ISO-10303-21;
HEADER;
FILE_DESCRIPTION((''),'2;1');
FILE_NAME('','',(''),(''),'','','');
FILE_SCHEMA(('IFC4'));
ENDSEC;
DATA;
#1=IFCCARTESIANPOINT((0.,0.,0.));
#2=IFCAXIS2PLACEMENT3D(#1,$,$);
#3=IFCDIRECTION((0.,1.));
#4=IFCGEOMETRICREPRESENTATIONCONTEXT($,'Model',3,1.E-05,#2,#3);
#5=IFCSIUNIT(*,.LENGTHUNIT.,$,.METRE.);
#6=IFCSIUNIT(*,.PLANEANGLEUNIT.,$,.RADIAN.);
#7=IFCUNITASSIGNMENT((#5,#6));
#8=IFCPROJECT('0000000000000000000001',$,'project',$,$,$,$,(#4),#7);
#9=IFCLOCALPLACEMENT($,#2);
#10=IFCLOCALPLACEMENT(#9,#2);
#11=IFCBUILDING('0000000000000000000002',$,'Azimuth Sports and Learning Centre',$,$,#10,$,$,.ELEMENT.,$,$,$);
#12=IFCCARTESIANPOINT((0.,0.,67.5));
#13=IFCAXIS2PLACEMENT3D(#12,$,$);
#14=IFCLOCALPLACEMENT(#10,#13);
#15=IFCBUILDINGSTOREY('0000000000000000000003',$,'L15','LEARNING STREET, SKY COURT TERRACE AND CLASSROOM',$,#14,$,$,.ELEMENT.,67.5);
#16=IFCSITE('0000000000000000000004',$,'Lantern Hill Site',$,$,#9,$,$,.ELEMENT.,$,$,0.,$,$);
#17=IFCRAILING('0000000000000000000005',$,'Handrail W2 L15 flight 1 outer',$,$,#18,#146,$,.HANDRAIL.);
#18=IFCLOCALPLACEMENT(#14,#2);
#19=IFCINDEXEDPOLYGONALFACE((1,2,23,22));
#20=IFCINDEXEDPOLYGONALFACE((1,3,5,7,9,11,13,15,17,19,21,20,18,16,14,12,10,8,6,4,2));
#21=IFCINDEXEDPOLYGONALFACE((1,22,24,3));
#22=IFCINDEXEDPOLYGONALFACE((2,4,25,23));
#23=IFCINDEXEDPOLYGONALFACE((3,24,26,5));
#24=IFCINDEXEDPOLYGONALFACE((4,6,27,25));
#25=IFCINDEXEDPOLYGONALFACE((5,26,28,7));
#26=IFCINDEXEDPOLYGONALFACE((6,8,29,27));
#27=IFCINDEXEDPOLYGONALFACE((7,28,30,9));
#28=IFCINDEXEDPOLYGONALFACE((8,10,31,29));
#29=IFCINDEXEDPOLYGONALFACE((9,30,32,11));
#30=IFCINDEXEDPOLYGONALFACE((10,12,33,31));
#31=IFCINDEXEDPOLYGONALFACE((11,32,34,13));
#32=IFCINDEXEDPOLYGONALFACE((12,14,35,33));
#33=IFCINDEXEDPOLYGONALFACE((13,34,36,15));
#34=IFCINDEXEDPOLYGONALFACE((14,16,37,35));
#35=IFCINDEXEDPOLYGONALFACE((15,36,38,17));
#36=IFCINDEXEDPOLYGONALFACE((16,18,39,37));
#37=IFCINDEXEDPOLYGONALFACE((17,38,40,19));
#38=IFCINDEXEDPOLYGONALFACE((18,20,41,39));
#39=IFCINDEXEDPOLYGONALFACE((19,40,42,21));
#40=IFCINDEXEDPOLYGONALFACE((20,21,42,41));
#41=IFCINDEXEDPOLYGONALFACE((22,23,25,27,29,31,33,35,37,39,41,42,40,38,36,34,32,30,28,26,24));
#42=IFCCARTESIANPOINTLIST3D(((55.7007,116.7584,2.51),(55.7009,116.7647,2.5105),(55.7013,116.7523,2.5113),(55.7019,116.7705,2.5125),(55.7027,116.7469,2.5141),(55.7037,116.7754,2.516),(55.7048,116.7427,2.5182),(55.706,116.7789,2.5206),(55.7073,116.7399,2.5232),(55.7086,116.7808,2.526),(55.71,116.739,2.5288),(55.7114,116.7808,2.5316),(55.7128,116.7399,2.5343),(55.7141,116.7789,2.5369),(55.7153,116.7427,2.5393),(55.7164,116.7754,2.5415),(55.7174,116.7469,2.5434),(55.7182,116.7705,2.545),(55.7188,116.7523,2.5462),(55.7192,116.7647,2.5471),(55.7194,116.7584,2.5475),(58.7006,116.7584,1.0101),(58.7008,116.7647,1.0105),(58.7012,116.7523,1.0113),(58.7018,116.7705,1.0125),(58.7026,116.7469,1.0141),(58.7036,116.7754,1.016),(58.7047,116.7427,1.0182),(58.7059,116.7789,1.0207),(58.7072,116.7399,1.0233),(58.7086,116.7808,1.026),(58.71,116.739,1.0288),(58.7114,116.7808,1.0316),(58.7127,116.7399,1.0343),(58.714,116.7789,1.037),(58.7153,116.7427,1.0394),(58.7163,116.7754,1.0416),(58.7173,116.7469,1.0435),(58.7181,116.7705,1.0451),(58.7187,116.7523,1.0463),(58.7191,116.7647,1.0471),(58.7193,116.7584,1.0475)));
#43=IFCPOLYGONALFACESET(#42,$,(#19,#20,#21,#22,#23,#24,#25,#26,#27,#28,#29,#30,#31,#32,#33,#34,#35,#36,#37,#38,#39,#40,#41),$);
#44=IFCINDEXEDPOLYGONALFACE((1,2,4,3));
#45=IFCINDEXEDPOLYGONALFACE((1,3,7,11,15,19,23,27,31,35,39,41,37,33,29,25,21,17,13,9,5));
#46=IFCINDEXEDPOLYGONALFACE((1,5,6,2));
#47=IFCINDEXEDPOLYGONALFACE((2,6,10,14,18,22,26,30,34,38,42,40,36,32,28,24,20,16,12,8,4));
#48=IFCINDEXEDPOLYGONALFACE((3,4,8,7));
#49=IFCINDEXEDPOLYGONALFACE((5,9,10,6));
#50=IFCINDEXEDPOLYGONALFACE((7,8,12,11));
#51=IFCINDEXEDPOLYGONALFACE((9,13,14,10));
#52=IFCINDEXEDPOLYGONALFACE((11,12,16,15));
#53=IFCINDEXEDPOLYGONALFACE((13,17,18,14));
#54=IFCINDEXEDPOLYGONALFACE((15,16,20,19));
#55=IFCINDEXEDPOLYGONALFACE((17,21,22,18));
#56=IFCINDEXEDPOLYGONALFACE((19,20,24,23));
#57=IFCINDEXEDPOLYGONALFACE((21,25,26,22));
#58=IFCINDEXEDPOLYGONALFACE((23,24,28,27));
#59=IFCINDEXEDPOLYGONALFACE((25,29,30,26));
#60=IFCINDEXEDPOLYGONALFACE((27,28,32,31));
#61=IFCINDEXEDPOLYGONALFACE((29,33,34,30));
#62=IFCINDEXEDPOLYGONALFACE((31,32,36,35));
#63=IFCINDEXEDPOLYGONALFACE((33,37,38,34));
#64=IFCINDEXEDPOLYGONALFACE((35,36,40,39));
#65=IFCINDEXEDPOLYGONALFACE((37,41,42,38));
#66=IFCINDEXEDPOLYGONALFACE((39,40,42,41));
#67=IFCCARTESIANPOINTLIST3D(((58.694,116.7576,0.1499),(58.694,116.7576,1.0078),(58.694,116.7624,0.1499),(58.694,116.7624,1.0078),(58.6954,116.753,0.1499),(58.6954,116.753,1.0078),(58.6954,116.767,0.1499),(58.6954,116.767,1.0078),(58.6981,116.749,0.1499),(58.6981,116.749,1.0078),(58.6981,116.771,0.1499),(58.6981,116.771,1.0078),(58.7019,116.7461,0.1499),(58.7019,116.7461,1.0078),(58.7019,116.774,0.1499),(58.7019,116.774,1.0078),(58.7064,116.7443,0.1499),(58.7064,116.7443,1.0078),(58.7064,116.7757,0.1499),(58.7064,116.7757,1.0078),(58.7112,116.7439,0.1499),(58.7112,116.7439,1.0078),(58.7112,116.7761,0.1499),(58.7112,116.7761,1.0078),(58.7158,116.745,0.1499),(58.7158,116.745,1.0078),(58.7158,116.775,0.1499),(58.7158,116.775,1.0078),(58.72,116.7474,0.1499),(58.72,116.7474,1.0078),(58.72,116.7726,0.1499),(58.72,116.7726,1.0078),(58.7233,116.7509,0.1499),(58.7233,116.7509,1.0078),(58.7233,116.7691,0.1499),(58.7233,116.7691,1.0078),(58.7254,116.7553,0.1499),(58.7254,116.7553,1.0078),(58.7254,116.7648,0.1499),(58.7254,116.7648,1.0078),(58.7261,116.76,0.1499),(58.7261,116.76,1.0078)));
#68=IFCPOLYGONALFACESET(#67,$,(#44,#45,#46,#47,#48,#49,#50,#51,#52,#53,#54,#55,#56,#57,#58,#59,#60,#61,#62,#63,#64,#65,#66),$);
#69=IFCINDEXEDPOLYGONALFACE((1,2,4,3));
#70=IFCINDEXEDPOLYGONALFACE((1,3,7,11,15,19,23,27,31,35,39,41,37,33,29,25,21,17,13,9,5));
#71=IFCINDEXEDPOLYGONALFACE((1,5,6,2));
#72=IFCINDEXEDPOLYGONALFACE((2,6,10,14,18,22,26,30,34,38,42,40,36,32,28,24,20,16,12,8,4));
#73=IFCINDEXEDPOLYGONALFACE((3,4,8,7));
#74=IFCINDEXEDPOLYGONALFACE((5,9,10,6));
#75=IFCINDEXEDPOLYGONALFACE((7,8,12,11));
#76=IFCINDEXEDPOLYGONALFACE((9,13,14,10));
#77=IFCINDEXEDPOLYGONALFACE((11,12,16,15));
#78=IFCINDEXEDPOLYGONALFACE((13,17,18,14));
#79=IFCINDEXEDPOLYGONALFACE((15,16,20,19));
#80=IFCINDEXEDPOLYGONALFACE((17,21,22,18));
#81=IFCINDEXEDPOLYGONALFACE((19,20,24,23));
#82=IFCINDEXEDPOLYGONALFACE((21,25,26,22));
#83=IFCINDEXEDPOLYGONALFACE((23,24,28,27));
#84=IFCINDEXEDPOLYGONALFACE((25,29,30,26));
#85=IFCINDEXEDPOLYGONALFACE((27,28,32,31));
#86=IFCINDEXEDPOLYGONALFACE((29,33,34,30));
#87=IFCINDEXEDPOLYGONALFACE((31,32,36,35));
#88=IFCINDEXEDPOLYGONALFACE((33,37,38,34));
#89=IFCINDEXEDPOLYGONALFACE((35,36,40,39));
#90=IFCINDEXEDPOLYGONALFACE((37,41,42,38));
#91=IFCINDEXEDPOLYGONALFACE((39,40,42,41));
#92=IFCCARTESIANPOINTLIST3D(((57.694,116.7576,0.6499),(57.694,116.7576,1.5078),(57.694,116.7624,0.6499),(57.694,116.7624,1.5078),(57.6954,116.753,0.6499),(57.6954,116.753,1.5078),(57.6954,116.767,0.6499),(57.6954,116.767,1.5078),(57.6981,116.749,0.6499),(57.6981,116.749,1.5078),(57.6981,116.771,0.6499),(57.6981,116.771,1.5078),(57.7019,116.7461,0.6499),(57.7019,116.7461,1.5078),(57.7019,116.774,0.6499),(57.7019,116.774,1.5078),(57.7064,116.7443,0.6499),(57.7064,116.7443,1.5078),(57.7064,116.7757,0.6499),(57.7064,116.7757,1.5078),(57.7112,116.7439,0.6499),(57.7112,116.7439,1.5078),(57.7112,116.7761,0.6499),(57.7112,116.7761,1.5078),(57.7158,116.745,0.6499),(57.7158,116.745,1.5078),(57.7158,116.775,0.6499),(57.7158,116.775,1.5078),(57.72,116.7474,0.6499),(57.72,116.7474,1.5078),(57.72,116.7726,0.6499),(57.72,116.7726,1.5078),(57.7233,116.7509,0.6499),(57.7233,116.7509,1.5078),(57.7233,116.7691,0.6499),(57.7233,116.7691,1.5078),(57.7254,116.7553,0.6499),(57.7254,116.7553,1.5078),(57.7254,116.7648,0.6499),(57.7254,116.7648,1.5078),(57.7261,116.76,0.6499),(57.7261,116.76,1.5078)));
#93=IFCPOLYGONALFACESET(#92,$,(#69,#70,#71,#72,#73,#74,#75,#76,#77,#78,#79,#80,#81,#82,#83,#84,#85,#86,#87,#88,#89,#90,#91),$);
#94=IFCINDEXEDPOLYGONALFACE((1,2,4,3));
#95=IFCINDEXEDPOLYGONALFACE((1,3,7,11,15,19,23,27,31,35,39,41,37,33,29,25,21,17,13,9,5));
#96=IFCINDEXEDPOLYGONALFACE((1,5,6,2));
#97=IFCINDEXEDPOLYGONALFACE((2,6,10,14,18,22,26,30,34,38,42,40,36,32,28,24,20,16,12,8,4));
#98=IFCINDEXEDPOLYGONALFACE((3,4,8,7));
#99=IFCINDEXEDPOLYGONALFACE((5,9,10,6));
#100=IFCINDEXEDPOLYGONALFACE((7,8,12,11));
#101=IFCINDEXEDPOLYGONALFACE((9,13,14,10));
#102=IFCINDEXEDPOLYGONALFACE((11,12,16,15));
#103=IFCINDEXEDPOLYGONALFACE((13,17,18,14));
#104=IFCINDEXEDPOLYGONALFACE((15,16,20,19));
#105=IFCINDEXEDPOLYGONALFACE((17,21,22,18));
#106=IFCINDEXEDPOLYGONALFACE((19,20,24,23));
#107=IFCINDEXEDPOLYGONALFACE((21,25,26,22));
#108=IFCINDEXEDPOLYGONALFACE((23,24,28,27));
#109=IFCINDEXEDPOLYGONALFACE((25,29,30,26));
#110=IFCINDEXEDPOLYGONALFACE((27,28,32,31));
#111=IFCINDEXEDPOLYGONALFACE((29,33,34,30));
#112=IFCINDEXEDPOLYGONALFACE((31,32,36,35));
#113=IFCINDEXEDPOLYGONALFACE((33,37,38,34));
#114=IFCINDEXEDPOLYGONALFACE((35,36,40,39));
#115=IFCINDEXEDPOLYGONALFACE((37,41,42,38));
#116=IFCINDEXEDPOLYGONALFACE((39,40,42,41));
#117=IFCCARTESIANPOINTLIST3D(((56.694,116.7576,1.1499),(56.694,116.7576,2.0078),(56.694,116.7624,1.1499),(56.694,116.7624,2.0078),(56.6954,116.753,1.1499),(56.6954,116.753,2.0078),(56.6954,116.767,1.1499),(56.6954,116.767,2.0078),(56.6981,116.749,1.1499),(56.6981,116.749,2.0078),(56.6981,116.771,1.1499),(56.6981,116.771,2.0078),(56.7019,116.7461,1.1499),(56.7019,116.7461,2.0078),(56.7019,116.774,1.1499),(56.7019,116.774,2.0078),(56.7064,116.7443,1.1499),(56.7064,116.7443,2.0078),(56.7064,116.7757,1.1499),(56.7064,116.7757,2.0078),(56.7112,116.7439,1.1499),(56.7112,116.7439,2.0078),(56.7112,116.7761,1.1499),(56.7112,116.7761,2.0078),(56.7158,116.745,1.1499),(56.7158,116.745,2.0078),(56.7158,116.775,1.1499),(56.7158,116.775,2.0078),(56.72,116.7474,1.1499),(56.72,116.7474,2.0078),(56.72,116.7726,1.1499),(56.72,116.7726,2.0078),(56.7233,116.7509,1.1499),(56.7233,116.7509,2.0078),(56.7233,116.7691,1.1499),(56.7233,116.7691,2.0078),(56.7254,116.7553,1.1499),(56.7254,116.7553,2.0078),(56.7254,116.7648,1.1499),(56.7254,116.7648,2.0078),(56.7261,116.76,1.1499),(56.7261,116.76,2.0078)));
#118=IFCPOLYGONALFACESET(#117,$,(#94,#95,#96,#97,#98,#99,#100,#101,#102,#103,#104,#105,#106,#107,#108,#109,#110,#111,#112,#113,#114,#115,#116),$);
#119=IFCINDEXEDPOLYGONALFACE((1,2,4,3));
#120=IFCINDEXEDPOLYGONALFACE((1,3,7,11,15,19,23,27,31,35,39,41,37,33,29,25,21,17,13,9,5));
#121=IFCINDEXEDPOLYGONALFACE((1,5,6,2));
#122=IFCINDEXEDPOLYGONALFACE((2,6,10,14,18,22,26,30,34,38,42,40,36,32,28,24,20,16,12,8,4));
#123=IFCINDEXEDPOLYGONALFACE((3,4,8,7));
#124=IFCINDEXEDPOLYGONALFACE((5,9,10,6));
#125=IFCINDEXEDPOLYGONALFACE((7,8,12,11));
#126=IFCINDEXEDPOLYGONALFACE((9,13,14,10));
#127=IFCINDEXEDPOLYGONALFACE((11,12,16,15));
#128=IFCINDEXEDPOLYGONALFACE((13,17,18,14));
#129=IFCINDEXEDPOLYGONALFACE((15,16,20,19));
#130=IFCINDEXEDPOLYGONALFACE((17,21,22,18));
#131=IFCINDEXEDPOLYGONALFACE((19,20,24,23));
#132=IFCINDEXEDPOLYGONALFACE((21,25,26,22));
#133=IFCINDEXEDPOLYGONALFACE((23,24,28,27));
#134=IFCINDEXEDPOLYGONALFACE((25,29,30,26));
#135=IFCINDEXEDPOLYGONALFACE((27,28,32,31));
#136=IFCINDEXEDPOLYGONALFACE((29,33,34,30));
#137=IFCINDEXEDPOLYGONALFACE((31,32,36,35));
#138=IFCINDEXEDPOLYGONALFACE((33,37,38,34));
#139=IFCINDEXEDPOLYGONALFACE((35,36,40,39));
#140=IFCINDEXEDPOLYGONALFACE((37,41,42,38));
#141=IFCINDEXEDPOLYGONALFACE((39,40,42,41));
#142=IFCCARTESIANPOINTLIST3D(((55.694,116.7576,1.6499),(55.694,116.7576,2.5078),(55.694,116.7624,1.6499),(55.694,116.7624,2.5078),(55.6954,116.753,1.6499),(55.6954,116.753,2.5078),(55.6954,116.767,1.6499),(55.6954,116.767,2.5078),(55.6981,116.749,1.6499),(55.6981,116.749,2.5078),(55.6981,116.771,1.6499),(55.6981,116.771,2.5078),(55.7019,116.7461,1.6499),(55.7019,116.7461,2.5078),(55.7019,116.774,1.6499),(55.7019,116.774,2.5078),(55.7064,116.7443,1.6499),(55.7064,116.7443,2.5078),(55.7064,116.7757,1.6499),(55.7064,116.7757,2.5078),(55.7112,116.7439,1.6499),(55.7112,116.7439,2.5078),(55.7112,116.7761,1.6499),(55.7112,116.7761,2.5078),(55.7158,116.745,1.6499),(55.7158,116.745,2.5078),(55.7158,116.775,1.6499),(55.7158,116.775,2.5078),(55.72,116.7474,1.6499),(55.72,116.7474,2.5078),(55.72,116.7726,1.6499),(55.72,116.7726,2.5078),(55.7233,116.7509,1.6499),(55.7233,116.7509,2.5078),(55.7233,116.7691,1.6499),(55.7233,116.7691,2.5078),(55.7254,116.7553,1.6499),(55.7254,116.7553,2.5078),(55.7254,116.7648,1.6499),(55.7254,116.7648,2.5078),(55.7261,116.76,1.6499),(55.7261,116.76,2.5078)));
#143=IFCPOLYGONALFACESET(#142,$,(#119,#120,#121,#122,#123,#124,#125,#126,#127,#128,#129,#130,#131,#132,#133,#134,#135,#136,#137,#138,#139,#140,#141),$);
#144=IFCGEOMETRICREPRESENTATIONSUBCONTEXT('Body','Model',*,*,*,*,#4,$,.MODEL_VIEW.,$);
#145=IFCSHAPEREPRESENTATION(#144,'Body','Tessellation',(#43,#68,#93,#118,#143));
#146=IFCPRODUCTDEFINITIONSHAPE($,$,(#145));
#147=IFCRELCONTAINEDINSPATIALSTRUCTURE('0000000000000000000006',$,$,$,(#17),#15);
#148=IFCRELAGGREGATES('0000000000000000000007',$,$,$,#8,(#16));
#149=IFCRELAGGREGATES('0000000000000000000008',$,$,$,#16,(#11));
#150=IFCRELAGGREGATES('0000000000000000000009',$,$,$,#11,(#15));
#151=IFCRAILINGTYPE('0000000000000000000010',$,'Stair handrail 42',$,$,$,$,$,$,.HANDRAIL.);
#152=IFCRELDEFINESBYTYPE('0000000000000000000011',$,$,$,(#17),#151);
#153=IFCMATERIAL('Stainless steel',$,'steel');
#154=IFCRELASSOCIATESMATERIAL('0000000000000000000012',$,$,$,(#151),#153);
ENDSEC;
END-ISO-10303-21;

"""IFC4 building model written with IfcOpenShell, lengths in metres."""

from ifc_helpers import new_model, si_unit, direction, frame, origin, origin_2d, place, context, subcontext, project, spatial, circle, extrude, material, type_object, element, save


model = new_model("IFC4")

# Units and contexts
model_context = context("Model", 3, precision=1e-05, world=origin(), true_north=direction((0.0, 1.0)))
body_context = subcontext(model_context, "Body", "Model", "MODEL_VIEW")
ifc_project = project(units=[si_unit("LENGTHUNIT", "METRE"), si_unit("PLANEANGLEUNIT", "RADIAN")], contexts=[model_context])

# Site, building, storey
site_placement = place(None, origin())
site = spatial("IfcSite", under=ifc_project, at=site_placement, Name="Lantern Hill Site", CompositionType="ELEMENT", RefElevation=0.0)
building_placement = place(site_placement, origin())
building = spatial("IfcBuilding", under=site, at=building_placement, Name="Azimuth Sports and Learning Centre", CompositionType="ELEMENT")
storey_placement = place(building_placement, frame((0.0, 0.0, 67.5)))
storey = spatial("IfcBuildingStorey", under=building, at=storey_placement, Name="L15", Description="LEARNING STREET, SKY COURT TERRACE AND CLASSROOM", CompositionType="ELEMENT", Elevation=67.5)

# Railing
ifc_material_1 = material(Name="Stainless steel", Category="steel")
railing_type_1 = type_object("IfcRailingType", Name="Stair handrail 42", PredefinedType="HANDRAIL", material=ifc_material_1)
for number, where, name in (
    (1, (58.71, 116.76, 0.1499), "Handrail W2 L15 flight 1 outer"),
):
    element("IfcRailing", number, at=place(storey_placement, frame(where)), inside=storey, type_object=railing_type_1, Name=name, PredefinedType="HANDRAIL", context=body_context, shape_type="SweptSolid", body=[
        extrude(circle(Radius=0.021, at=origin_2d()), frame((0.0, 0.0, 0.8789), z_axis=(-0.894427, 0.0, 0.447214), x_axis=(0.0, -1.0, 0.0)), (0.0, 0.0, 1.0), 3.354),
        extrude(circle(Radius=0.0161, at=origin_2d()), origin(), (0.0, 0.0, 1.0), 0.8579),
        extrude(circle(Radius=0.0161, at=origin_2d()), frame((-1.0, 0.0, 0.5)), (0.0, 0.0, 1.0), 0.8579),
        extrude(circle(Radius=0.0161, at=origin_2d()), frame((-2.0, 0.0, 1.0)), (0.0, 0.0, 1.0), 0.8579),
        extrude(circle(Radius=0.0161, at=origin_2d()), frame((-3.0, 0.0, 1.5)), (0.0, 0.0, 1.0), 0.8579),
    ])

save(model, "model.ifc")
